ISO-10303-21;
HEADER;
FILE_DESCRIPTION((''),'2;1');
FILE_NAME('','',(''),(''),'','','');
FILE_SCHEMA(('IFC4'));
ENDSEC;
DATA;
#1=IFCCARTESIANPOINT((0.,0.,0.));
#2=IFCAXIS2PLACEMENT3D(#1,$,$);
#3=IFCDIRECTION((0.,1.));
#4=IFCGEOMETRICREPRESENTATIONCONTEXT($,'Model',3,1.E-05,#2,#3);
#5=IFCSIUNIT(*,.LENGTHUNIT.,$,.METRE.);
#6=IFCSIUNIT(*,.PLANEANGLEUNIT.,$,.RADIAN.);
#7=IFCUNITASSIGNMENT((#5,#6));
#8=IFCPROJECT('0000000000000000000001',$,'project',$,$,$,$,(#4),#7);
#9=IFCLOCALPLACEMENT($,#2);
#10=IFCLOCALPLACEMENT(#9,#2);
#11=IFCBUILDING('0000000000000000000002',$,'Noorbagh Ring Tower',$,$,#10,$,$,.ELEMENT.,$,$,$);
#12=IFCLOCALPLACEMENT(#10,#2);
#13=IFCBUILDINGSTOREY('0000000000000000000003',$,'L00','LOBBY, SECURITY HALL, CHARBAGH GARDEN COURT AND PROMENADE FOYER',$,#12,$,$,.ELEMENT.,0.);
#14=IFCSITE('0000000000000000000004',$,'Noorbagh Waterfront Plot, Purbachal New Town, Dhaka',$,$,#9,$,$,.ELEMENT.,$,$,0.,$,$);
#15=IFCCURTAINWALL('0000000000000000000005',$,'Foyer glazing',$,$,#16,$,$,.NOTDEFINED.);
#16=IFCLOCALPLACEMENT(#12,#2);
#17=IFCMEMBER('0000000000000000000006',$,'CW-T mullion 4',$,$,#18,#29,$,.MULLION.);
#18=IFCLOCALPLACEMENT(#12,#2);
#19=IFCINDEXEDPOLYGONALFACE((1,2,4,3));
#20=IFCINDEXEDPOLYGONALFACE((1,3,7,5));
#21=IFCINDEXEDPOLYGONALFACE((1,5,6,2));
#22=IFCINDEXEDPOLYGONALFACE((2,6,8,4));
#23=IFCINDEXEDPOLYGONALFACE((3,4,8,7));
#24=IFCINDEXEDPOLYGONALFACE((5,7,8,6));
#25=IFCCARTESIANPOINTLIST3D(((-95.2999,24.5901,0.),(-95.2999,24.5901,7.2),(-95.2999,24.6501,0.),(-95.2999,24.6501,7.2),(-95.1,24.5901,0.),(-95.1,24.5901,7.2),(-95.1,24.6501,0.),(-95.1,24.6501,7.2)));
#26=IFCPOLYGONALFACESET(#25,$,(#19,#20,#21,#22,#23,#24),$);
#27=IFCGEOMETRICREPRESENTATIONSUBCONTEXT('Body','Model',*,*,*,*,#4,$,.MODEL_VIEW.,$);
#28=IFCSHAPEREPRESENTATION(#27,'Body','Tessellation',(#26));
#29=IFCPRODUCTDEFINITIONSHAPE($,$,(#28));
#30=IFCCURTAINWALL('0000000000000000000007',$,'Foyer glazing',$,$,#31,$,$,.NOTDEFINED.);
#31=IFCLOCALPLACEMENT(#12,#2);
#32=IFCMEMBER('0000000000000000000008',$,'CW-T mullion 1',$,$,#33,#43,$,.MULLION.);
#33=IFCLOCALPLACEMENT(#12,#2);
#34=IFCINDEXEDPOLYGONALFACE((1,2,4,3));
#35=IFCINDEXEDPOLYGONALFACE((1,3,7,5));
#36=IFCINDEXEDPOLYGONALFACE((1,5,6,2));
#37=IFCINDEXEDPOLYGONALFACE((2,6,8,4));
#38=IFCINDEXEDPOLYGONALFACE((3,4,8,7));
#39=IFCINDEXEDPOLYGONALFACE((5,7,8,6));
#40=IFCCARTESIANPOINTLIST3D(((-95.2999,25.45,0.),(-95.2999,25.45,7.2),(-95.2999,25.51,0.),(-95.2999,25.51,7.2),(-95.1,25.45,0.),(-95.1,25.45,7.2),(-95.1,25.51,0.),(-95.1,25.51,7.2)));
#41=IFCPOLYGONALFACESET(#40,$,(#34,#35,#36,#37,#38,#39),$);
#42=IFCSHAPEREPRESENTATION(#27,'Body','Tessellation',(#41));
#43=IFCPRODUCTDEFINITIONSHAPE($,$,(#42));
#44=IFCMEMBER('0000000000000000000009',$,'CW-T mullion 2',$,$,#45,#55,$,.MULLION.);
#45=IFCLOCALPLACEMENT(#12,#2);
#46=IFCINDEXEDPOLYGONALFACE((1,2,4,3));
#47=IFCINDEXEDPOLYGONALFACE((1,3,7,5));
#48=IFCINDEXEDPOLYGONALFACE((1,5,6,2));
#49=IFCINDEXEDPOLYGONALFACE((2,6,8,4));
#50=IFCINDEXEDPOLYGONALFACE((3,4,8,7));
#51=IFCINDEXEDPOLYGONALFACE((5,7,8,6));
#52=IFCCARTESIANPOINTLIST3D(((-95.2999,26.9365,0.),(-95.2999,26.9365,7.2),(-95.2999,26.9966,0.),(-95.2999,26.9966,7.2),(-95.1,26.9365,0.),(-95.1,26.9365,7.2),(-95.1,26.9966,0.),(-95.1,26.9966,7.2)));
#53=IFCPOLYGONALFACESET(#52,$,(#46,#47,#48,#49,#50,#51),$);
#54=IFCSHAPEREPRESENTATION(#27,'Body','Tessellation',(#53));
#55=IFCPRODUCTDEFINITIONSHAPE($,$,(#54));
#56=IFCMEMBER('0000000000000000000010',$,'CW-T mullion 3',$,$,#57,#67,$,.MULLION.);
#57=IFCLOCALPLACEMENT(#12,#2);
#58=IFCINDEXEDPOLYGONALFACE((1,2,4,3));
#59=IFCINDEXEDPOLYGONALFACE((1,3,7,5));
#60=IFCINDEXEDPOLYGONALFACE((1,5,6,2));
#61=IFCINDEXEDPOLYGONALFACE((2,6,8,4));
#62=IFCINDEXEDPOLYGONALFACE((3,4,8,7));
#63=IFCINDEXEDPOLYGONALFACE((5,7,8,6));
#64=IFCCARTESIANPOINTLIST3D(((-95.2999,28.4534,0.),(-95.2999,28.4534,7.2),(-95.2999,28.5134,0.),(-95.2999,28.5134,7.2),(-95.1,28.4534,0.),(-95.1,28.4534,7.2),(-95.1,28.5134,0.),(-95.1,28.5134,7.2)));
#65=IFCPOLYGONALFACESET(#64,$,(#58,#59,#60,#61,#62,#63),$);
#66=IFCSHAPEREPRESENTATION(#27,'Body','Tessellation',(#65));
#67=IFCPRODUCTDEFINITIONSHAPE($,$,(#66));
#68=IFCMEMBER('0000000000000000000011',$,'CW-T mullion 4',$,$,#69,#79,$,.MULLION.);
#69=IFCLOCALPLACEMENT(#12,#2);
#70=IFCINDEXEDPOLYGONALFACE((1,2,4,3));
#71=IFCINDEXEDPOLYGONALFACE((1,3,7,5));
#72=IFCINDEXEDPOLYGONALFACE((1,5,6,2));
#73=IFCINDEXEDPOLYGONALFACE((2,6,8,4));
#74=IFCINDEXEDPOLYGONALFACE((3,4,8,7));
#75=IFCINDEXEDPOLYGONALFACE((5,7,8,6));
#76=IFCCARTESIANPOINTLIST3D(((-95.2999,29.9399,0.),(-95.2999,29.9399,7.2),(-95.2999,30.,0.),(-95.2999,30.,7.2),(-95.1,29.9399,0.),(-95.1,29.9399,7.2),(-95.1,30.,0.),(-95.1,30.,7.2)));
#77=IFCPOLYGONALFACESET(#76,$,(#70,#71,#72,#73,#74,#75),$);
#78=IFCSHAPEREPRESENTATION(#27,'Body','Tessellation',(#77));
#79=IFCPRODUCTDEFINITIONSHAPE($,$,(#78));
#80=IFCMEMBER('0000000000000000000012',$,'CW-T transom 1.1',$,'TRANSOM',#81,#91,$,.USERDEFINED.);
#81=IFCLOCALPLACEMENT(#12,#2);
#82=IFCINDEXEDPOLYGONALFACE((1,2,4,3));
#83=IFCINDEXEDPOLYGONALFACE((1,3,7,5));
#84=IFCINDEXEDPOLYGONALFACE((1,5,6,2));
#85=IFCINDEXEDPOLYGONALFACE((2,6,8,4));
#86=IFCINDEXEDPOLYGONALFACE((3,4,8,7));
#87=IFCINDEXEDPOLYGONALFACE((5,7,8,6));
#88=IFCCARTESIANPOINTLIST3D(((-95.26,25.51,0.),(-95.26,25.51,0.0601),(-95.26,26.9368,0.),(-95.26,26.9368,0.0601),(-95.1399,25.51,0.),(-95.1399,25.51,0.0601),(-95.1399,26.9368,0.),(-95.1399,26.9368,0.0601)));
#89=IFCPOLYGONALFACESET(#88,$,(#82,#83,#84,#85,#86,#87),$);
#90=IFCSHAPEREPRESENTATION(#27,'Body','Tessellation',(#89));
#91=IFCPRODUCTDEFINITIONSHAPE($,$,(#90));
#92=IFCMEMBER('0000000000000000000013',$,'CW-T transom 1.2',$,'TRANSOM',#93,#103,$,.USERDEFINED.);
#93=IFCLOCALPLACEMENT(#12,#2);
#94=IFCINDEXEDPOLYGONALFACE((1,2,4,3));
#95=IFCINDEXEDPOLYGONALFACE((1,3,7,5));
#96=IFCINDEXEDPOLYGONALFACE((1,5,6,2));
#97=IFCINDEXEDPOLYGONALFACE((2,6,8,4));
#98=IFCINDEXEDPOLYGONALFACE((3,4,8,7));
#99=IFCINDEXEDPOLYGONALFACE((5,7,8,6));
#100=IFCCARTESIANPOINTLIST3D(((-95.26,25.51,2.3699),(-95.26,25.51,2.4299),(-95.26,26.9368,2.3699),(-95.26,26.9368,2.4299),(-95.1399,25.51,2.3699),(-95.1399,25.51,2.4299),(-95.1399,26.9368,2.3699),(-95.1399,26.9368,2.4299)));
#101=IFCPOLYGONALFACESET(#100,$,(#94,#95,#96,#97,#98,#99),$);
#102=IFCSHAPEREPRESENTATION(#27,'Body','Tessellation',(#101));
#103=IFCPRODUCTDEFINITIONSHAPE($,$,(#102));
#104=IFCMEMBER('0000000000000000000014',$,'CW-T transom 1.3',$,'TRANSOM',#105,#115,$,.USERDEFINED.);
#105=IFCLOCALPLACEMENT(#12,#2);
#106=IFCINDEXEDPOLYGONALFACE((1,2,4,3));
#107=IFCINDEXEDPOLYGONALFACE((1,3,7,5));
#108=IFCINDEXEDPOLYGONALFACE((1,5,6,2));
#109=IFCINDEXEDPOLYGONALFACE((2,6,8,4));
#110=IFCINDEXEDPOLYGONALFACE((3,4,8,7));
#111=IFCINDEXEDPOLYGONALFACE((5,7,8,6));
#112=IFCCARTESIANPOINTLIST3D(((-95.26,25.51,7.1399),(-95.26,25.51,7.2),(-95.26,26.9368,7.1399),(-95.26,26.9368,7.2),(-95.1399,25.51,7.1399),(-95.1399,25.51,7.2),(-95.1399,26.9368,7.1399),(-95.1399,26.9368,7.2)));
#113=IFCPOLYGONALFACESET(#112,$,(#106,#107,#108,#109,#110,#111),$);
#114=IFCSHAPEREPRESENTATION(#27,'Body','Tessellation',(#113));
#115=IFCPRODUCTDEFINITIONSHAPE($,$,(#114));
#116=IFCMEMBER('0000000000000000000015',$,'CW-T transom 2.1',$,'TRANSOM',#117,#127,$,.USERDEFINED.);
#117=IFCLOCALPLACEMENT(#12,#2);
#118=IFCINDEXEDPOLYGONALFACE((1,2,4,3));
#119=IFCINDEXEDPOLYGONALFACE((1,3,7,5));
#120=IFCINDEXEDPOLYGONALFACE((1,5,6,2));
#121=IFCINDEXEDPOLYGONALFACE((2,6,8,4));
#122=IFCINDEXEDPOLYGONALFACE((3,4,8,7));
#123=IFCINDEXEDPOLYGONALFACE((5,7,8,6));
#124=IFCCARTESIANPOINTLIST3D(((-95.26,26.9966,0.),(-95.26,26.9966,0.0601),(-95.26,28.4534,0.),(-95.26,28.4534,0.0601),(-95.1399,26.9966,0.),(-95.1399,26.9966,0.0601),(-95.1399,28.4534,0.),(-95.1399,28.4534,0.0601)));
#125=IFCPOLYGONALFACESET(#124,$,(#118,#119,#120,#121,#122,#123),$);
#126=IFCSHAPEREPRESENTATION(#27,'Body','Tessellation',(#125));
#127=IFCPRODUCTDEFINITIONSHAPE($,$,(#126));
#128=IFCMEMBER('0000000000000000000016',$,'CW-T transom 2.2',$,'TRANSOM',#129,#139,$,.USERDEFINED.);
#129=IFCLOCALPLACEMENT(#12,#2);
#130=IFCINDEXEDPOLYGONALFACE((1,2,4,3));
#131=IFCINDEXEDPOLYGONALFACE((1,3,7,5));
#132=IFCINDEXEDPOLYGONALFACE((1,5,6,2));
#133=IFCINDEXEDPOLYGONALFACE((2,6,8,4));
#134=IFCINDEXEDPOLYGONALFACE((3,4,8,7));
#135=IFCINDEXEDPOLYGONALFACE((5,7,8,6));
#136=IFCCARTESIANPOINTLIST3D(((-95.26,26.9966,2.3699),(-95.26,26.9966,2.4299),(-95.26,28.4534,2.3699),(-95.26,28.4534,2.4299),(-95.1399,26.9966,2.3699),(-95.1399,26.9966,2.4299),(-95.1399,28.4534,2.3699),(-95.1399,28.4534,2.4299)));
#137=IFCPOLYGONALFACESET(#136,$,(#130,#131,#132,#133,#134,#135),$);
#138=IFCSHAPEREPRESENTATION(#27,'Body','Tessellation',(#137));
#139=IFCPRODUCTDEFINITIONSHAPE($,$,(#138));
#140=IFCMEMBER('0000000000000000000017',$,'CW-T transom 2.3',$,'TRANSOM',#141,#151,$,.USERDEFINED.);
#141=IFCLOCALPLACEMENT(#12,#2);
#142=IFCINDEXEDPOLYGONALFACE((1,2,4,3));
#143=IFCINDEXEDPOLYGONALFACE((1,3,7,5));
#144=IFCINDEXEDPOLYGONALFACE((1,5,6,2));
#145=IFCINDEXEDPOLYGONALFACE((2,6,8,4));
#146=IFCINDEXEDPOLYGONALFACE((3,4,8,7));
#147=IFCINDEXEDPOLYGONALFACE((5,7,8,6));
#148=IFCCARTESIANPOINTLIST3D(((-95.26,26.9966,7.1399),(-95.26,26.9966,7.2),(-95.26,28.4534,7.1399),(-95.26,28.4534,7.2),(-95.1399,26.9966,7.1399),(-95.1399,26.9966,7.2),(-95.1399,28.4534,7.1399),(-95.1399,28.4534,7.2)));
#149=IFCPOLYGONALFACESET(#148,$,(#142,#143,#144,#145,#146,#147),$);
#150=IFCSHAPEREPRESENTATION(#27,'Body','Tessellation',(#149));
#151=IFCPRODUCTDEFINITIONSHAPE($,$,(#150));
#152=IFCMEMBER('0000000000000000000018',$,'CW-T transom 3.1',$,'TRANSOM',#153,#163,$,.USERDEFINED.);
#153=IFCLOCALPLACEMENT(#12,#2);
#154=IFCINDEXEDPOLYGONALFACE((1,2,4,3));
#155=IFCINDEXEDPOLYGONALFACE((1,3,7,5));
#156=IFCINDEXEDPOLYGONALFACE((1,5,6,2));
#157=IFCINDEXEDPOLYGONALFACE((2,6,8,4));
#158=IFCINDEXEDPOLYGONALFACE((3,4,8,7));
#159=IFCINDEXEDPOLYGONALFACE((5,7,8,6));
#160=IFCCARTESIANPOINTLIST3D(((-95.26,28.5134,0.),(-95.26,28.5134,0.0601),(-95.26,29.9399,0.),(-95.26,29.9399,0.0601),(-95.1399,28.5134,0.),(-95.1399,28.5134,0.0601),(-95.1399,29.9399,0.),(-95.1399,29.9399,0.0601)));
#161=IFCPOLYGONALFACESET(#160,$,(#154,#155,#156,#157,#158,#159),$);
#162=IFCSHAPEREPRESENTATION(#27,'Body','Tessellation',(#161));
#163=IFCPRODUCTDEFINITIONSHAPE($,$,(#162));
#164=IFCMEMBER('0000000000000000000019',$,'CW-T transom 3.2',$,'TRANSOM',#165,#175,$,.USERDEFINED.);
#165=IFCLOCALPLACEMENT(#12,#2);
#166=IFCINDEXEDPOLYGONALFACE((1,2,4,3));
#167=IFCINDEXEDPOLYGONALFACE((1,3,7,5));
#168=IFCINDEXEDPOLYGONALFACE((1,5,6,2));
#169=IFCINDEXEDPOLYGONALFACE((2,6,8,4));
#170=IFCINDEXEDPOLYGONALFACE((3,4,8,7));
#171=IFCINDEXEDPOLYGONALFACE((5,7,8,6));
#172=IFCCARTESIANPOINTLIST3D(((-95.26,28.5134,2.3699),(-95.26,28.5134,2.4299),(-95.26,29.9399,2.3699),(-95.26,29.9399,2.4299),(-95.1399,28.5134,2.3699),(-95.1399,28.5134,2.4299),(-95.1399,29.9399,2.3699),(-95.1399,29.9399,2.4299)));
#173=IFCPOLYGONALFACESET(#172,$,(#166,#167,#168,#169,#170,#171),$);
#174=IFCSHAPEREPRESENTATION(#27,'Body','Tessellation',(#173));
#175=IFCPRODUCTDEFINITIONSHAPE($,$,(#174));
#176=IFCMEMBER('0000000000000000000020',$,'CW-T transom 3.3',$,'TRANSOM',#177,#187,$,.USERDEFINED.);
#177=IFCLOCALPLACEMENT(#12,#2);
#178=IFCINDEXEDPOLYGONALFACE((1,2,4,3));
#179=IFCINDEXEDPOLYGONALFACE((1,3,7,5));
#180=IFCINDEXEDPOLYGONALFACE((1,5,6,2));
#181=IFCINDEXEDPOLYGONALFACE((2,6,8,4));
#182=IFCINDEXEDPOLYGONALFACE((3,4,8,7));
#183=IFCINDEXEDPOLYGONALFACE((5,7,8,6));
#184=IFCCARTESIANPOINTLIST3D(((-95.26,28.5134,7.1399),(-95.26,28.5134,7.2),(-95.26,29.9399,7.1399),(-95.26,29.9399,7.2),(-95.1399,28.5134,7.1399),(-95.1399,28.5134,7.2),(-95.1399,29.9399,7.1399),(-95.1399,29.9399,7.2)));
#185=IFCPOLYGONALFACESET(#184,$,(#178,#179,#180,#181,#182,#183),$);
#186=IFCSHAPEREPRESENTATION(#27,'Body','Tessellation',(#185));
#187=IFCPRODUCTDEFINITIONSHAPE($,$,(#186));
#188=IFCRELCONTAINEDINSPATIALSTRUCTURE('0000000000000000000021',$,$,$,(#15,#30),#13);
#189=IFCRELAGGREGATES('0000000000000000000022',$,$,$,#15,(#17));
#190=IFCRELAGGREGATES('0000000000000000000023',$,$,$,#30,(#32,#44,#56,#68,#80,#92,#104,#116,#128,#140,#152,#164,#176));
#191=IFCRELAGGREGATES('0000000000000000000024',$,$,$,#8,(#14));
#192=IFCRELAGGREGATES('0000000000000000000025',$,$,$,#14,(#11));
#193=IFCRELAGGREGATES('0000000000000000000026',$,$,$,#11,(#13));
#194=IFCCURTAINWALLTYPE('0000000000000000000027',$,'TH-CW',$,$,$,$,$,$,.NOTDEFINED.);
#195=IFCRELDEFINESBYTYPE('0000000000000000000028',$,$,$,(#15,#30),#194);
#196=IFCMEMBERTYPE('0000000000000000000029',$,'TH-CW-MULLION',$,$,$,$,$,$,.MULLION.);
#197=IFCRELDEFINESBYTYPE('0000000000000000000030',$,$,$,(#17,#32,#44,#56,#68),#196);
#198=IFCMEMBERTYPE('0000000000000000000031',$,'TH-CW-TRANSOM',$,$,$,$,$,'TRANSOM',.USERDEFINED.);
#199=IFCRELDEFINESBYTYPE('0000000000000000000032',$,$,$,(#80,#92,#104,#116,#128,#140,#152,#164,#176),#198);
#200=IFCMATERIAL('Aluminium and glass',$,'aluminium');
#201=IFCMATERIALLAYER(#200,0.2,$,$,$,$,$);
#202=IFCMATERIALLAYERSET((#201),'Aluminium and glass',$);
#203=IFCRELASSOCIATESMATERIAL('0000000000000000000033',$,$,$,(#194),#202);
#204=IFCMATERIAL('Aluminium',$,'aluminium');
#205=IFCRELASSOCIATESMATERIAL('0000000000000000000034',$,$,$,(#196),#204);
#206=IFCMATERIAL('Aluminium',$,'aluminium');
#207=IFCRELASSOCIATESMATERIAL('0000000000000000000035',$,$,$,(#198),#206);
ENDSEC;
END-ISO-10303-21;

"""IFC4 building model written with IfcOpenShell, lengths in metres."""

from ifc_helpers import new_model, si_unit, direction, frame, origin, origin_2d, place, context, subcontext, project, spatial, rectangle, extrude, material, layer, layer_set, material_profile, profile_set, type_object, element, aggregate, save


model = new_model("IFC4")

# Units and contexts
model_context = context("Model", 3, precision=1e-05, world=origin(), true_north=direction((0.0, 1.0)))
body_context = subcontext(model_context, "Body", "Model", "MODEL_VIEW")
ifc_project = project(units=[si_unit("LENGTHUNIT", "METRE"), si_unit("PLANEANGLEUNIT", "RADIAN")], contexts=[model_context])

# Site, building, storey
site_placement = place(None, origin())
site = spatial("IfcSite", under=ifc_project, at=site_placement, Name="Noorbagh Waterfront Plot, Purbachal New Town, Dhaka", CompositionType="ELEMENT", RefElevation=0.0)
building_placement = place(site_placement, origin())
building = spatial("IfcBuilding", under=site, at=building_placement, Name="Noorbagh Ring Tower", CompositionType="ELEMENT")
storey_placement = place(building_placement, origin())
storey = spatial("IfcBuildingStorey", under=building, at=storey_placement, Name="L00", Description="LOBBY, SECURITY HALL, CHARBAGH GARDEN COURT AND PROMENADE FOYER", CompositionType="ELEMENT", Elevation=0.0)

# Curtain wall, member
ifc_material_1 = material(Name="Aluminium and glass", Category="aluminium")
ifc_layer_1 = layer(ifc_material_1, 0.2)
ifc_layer_set_1 = layer_set([ifc_layer_1], Name="Aluminium and glass")
curtain_wall_type = type_object("IfcCurtainWallType", Name="TH-CW", PredefinedType="NOTDEFINED", material=ifc_layer_set_1)
curtain_wall_1_placement = place(storey_placement, origin())
curtain_wall_1 = element("IfcCurtainWall", 1, at=curtain_wall_1_placement, inside=storey, type_object=curtain_wall_type, Name="Foyer glazing", PredefinedType="NOTDEFINED")
ifc_material_2 = material(Name="Aluminium", Category="aluminium")
ifc_material_profile_1 = material_profile(ifc_material_2, rectangle(XDim=0.2, YDim=0.0601, at=origin_2d()), Name="AL 200x60")
ifc_profile_set_1 = profile_set([ifc_material_profile_1], Name="Aluminium")
member_type_1 = type_object("IfcMemberType", Name="TH-CW-MULLION", PredefinedType="MULLION", material=ifc_profile_set_1)
member_1_placement = place(storey_placement, frame((-95.2, 24.6201, 0.0), z_axis=(0.0, 0.0, 1.0), x_axis=(-1.0, 0.0, 0.0)))
member_1 = element("IfcMember", 2, at=member_1_placement, type_object=member_type_1, Name="CW-T mullion 4", PredefinedType="MULLION", context=body_context, shape_type="SweptSolid", body=[
    extrude(rectangle(XDim=0.2, YDim=0.0601, at=origin_2d()), origin(), (0.0, 0.0, 1.0), 7.2),
])

# Curtain wall, members
curtain_wall_2_placement = place(storey_placement, origin())
curtain_wall_2 = element("IfcCurtainWall", 3, at=curtain_wall_2_placement, inside=storey, type_object=curtain_wall_type, Name="Foyer glazing", PredefinedType="NOTDEFINED")
member_2_placement = place(storey_placement, frame((-95.2, 25.48, 0.0), z_axis=(0.0, 0.0, 1.0), x_axis=(-1.0, 0.0, 0.0)))
member_2 = element("IfcMember", 4, at=member_2_placement, type_object=member_type_1, Name="CW-T mullion 1", PredefinedType="MULLION", context=body_context, shape_type="SweptSolid", body=[
    extrude(rectangle(XDim=0.2, YDim=0.0601, at=origin_2d()), origin(), (0.0, 0.0, 1.0), 7.2),
])
member_3_placement = place(storey_placement, frame((-95.2, 26.9666, 0.0), z_axis=(0.0, 0.0, 1.0), x_axis=(-1.0, 0.0, 0.0)))
member_3 = element("IfcMember", 5, at=member_3_placement, type_object=member_type_1, Name="CW-T mullion 2", PredefinedType="MULLION", context=body_context, shape_type="SweptSolid", body=[
    extrude(rectangle(XDim=0.2, YDim=0.0601, at=origin_2d()), origin(), (0.0, 0.0, 1.0), 7.2),
])
member_4_placement = place(storey_placement, frame((-95.2, 28.4834, 0.0), z_axis=(0.0, 0.0, 1.0), x_axis=(-1.0, 0.0, 0.0)))
member_4 = element("IfcMember", 6, at=member_4_placement, type_object=member_type_1, Name="CW-T mullion 3", PredefinedType="MULLION", context=body_context, shape_type="SweptSolid", body=[
    extrude(rectangle(XDim=0.2, YDim=0.0601, at=origin_2d()), origin(), (0.0, 0.0, 1.0), 7.2),
])
member_5_placement = place(storey_placement, frame((-95.2, 29.97, 0.0), z_axis=(0.0, 0.0, 1.0), x_axis=(-1.0, 0.0, 0.0)))
member_5 = element("IfcMember", 7, at=member_5_placement, type_object=member_type_1, Name="CW-T mullion 4", PredefinedType="MULLION", context=body_context, shape_type="SweptSolid", body=[
    extrude(rectangle(XDim=0.2, YDim=0.0601, at=origin_2d()), origin(), (0.0, 0.0, 1.0), 7.2),
])
ifc_material_3 = material(Name="Aluminium", Category="aluminium")
ifc_material_profile_2 = material_profile(ifc_material_3, rectangle(XDim=0.1201, YDim=0.0601, at=origin_2d()), Name="AL 120x60")
ifc_profile_set_2 = profile_set([ifc_material_profile_2], Name="Aluminium")
member_type_2 = type_object("IfcMemberType", Name="TH-CW-TRANSOM", ElementType="TRANSOM", PredefinedType="USERDEFINED", material=ifc_profile_set_2)
member_6_placement = place(storey_placement, frame((-95.2, 25.51, 0.03), z_axis=(0.0, 1.0, 0.0), x_axis=(-1.0, 0.0, 0.0)))
member_6 = element("IfcMember", 8, at=member_6_placement, type_object=member_type_2, Name="CW-T transom 1.1", ObjectType="TRANSOM", PredefinedType="USERDEFINED", context=body_context, shape_type="SweptSolid", body=[
    extrude(rectangle(XDim=0.1201, YDim=0.0601, at=origin_2d()), origin(), (0.0, 0.0, 1.0), 1.4268),
])
member_7_placement = place(storey_placement, frame((-95.2, 25.51, 2.3999), z_axis=(0.0, 1.0, 0.0), x_axis=(-1.0, 0.0, 0.0)))
member_7 = element("IfcMember", 9, at=member_7_placement, type_object=member_type_2, Name="CW-T transom 1.2", ObjectType="TRANSOM", PredefinedType="USERDEFINED", context=body_context, shape_type="SweptSolid", body=[
    extrude(rectangle(XDim=0.1201, YDim=0.0601, at=origin_2d()), origin(), (0.0, 0.0, 1.0), 1.4268),
])
member_8_placement = place(storey_placement, frame((-95.2, 25.51, 7.1699), z_axis=(0.0, 1.0, 0.0), x_axis=(-1.0, 0.0, 0.0)))
member_8 = element("IfcMember", 10, at=member_8_placement, type_object=member_type_2, Name="CW-T transom 1.3", ObjectType="TRANSOM", PredefinedType="USERDEFINED", context=body_context, shape_type="SweptSolid", body=[
    extrude(rectangle(XDim=0.1201, YDim=0.0601, at=origin_2d()), origin(), (0.0, 0.0, 1.0), 1.4268),
])
member_9_placement = place(storey_placement, frame((-95.2, 26.9966, 0.03), z_axis=(0.0, 1.0, 0.0), x_axis=(-1.0, 0.0, 0.0)))
member_9 = element("IfcMember", 11, at=member_9_placement, type_object=member_type_2, Name="CW-T transom 2.1", ObjectType="TRANSOM", PredefinedType="USERDEFINED", context=body_context, shape_type="SweptSolid", body=[
    extrude(rectangle(XDim=0.1201, YDim=0.0601, at=origin_2d()), origin(), (0.0, 0.0, 1.0), 1.4568),
])
member_10_placement = place(storey_placement, frame((-95.2, 26.9966, 2.3999), z_axis=(0.0, 1.0, 0.0), x_axis=(-1.0, 0.0, 0.0)))
member_10 = element("IfcMember", 12, at=member_10_placement, type_object=member_type_2, Name="CW-T transom 2.2", ObjectType="TRANSOM", PredefinedType="USERDEFINED", context=body_context, shape_type="SweptSolid", body=[
    extrude(rectangle(XDim=0.1201, YDim=0.0601, at=origin_2d()), origin(), (0.0, 0.0, 1.0), 1.4568),
])
member_11_placement = place(storey_placement, frame((-95.2, 26.9966, 7.1699), z_axis=(0.0, 1.0, 0.0), x_axis=(-1.0, 0.0, 0.0)))
member_11 = element("IfcMember", 13, at=member_11_placement, type_object=member_type_2, Name="CW-T transom 2.3", ObjectType="TRANSOM", PredefinedType="USERDEFINED", context=body_context, shape_type="SweptSolid", body=[
    extrude(rectangle(XDim=0.1201, YDim=0.0601, at=origin_2d()), origin(), (0.0, 0.0, 1.0), 1.4568),
])
member_12_placement = place(storey_placement, frame((-95.2, 28.5134, 0.03), z_axis=(0.0, 1.0, 0.0), x_axis=(-1.0, 0.0, 0.0)))
member_12 = element("IfcMember", 14, at=member_12_placement, type_object=member_type_2, Name="CW-T transom 3.1", ObjectType="TRANSOM", PredefinedType="USERDEFINED", context=body_context, shape_type="SweptSolid", body=[
    extrude(rectangle(XDim=0.1201, YDim=0.0601, at=origin_2d()), origin(), (0.0, 0.0, 1.0), 1.4265),
])
member_13_placement = place(storey_placement, frame((-95.2, 28.5134, 2.3999), z_axis=(0.0, 1.0, 0.0), x_axis=(-1.0, 0.0, 0.0)))
member_13 = element("IfcMember", 15, at=member_13_placement, type_object=member_type_2, Name="CW-T transom 3.2", ObjectType="TRANSOM", PredefinedType="USERDEFINED", context=body_context, shape_type="SweptSolid", body=[
    extrude(rectangle(XDim=0.1201, YDim=0.0601, at=origin_2d()), origin(), (0.0, 0.0, 1.0), 1.4265),
])
member_14_placement = place(storey_placement, frame((-95.2, 28.5134, 7.1699), z_axis=(0.0, 1.0, 0.0), x_axis=(-1.0, 0.0, 0.0)))
member_14 = element("IfcMember", 16, at=member_14_placement, type_object=member_type_2, Name="CW-T transom 3.3", ObjectType="TRANSOM", PredefinedType="USERDEFINED", context=body_context, shape_type="SweptSolid", body=[
    extrude(rectangle(XDim=0.1201, YDim=0.0601, at=origin_2d()), origin(), (0.0, 0.0, 1.0), 1.4265),
])

aggregate(curtain_wall_1, [member_1])
aggregate(curtain_wall_2, [member_2, member_3, member_4, member_5, member_6, member_7, member_8, member_9, member_10, member_11, member_12, member_13, member_14])

save(model, "model.ifc")
